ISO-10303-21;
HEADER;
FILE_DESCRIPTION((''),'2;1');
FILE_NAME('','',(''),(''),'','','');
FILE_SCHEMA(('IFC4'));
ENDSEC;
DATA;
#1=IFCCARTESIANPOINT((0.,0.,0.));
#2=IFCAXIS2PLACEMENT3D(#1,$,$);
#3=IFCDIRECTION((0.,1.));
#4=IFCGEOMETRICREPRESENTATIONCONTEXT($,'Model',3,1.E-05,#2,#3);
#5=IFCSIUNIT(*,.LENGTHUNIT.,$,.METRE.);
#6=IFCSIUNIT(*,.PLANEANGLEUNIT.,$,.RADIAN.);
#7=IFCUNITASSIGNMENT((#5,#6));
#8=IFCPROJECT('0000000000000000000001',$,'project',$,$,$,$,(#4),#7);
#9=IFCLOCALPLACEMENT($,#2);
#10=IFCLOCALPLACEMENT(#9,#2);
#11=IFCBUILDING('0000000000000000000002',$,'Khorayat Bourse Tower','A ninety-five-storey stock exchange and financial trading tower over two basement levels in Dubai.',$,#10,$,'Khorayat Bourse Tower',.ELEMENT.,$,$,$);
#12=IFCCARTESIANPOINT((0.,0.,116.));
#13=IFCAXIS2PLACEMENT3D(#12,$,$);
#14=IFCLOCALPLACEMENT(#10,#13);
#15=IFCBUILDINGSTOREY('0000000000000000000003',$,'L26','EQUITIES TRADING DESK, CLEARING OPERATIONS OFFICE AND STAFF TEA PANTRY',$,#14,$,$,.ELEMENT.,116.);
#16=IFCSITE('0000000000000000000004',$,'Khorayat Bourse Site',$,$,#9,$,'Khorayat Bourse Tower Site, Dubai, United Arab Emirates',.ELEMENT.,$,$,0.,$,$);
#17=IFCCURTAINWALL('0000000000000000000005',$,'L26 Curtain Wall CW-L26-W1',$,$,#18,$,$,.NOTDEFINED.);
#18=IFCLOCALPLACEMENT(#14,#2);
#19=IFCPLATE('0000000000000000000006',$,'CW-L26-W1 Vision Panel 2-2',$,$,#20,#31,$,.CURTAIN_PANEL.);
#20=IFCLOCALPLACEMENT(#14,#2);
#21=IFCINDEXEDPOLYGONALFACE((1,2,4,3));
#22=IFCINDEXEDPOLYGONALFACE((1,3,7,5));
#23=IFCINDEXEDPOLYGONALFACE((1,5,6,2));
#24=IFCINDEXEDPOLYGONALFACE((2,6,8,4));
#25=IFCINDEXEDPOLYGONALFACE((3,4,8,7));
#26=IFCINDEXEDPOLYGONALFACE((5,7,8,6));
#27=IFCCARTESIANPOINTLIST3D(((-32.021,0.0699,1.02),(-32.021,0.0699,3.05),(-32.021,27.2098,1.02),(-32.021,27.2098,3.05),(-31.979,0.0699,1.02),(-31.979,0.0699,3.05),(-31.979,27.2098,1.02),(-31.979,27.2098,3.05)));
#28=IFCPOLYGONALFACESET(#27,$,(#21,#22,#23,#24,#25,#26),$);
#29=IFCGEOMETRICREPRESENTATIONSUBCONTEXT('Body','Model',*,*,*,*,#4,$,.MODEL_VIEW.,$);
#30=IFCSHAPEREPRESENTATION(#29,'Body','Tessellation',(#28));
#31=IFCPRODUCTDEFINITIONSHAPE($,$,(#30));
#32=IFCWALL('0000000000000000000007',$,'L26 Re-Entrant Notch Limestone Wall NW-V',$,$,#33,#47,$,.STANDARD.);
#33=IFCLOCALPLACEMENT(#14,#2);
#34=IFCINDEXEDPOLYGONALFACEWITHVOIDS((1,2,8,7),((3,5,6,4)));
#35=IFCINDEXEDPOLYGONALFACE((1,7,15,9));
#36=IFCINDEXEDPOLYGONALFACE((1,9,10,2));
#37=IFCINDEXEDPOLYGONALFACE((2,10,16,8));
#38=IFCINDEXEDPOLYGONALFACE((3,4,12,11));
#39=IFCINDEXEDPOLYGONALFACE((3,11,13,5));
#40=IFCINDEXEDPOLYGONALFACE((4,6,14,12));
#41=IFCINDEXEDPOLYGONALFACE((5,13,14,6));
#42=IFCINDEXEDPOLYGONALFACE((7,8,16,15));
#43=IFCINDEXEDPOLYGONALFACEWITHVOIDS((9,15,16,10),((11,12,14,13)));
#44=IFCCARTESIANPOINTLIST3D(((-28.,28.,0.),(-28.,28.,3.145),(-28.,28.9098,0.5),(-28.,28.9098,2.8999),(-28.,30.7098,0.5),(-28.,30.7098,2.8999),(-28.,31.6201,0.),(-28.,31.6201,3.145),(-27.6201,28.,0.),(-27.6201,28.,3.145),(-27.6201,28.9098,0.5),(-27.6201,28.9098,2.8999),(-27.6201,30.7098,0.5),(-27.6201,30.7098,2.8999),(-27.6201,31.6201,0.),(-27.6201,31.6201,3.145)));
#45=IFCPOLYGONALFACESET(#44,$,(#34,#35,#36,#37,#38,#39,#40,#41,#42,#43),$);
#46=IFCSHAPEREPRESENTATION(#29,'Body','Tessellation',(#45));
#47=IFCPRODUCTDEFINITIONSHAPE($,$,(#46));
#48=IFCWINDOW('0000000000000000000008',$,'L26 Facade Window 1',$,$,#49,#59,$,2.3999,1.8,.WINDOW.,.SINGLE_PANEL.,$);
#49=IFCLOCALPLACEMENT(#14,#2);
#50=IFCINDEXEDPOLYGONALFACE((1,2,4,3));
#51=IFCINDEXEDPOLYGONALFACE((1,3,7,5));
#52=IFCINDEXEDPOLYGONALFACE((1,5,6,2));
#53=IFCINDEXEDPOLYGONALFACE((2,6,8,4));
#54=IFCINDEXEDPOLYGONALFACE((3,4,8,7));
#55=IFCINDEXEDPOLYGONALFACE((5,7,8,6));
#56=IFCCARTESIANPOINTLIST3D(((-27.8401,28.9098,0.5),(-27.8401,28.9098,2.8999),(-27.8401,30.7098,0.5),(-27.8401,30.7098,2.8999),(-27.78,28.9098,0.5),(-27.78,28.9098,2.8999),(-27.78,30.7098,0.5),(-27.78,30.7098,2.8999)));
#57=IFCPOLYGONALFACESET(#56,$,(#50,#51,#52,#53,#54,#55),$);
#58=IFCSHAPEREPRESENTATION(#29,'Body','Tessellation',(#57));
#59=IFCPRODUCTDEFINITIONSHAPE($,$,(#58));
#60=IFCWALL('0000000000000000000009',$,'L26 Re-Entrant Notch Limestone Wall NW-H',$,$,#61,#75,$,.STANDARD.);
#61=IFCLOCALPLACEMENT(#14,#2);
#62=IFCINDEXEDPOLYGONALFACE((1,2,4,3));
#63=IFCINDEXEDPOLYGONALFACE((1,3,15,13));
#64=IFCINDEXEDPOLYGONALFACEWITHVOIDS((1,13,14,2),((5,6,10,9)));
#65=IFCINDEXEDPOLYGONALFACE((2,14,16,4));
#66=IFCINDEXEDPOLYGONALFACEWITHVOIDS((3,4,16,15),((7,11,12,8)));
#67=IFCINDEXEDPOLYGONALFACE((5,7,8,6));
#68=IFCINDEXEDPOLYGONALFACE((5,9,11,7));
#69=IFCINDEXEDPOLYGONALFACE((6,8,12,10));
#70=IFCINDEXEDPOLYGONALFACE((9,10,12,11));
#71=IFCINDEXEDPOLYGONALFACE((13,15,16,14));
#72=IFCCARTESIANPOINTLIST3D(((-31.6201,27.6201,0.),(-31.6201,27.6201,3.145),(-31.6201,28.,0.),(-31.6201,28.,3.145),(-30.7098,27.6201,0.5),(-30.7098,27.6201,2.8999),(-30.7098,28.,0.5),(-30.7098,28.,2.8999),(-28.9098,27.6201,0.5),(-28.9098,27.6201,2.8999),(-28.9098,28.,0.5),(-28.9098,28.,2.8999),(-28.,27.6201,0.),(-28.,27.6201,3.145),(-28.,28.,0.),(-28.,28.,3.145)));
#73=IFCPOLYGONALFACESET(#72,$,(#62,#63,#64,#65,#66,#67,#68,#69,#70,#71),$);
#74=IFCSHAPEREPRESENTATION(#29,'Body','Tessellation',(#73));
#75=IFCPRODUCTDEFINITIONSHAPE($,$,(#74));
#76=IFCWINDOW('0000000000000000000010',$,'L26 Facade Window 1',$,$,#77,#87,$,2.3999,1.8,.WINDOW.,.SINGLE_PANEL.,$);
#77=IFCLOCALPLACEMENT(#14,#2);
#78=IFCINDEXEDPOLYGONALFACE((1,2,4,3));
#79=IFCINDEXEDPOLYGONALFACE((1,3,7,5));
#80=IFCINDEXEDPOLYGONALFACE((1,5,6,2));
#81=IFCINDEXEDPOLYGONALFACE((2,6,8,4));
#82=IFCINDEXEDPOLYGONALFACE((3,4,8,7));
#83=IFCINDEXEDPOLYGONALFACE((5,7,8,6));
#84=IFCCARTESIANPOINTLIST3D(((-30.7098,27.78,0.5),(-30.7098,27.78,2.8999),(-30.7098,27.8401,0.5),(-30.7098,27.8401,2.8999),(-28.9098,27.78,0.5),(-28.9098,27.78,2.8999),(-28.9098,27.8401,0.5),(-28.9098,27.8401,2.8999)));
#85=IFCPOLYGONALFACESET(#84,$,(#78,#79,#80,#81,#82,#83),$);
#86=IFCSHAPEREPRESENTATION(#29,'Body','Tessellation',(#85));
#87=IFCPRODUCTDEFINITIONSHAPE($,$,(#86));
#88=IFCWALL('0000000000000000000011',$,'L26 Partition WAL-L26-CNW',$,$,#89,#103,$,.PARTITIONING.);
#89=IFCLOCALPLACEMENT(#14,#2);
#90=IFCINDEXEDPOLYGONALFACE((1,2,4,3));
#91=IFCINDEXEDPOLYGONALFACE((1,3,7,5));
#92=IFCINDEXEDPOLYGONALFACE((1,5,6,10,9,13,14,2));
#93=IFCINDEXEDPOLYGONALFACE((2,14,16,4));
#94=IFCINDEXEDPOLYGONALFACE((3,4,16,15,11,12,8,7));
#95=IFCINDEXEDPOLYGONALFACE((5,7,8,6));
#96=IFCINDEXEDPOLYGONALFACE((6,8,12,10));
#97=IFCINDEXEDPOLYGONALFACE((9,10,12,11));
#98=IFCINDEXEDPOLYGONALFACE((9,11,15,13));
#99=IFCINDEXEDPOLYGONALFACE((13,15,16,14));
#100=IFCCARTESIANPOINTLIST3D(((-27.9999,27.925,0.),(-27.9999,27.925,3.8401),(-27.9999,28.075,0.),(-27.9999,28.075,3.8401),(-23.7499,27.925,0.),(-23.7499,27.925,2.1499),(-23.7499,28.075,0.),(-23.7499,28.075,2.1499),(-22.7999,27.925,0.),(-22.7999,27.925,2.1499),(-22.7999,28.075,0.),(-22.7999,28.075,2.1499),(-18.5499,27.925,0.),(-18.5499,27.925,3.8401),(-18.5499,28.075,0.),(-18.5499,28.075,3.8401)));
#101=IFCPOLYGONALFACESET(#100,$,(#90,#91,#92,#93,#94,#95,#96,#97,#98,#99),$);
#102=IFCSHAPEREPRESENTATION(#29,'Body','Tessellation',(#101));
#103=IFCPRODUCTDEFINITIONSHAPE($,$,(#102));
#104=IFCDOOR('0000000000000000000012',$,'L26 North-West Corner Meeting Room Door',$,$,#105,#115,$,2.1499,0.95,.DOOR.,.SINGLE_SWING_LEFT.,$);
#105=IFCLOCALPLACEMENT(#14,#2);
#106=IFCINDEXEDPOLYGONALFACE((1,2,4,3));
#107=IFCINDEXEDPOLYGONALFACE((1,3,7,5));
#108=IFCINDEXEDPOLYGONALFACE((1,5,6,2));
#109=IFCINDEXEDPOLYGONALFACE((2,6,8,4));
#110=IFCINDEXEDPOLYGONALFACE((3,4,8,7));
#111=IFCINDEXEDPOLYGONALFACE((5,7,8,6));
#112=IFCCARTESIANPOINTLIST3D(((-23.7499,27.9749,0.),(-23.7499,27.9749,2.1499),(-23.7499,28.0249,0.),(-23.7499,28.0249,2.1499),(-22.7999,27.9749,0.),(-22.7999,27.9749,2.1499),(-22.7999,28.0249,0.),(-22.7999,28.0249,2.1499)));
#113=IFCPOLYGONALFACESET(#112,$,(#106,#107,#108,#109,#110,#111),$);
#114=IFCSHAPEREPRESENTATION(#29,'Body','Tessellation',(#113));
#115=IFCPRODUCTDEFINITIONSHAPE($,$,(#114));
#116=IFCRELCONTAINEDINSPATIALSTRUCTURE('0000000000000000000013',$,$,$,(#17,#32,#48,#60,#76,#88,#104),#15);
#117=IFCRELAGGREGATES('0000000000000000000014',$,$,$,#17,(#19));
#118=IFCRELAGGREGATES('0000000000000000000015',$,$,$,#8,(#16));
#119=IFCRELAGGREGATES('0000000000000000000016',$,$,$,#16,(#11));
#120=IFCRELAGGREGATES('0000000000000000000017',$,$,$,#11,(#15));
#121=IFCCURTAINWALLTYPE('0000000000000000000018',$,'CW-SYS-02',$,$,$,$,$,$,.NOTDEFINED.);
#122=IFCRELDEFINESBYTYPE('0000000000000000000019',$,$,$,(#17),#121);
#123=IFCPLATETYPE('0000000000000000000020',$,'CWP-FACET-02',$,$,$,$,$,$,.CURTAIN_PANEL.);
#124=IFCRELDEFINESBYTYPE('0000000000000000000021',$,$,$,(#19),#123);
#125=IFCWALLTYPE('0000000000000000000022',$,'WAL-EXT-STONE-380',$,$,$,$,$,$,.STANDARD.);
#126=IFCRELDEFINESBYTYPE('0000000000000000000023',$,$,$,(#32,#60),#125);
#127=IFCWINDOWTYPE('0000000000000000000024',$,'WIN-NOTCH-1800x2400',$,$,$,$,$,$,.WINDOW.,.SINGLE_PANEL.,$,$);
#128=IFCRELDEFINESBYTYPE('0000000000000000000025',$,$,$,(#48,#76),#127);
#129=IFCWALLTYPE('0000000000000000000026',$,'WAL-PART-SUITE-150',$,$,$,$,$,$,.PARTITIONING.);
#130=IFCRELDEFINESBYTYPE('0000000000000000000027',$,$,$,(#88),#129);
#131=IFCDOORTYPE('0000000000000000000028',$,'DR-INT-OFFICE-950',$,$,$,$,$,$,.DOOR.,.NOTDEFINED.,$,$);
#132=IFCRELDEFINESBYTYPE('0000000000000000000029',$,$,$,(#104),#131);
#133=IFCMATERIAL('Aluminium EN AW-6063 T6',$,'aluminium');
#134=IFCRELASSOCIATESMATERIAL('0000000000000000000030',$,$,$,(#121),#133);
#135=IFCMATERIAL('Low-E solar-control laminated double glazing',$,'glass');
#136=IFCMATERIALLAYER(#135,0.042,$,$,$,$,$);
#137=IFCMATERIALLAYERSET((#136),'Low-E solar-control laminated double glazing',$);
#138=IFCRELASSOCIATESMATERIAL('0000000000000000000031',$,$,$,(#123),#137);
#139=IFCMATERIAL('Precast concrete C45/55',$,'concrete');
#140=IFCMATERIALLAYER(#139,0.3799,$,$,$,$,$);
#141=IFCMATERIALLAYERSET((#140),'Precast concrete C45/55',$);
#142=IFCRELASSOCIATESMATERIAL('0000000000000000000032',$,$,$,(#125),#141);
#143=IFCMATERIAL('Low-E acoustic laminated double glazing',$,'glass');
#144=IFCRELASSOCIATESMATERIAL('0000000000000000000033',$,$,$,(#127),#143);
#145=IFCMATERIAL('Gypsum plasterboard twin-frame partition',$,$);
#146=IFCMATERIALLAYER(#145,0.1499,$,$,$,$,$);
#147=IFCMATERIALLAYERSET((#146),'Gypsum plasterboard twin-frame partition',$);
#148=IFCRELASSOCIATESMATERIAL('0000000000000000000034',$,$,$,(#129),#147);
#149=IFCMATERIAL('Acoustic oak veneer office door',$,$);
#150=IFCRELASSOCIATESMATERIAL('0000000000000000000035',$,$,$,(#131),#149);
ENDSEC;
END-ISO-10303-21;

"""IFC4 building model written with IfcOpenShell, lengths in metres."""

from ifc_helpers import new_model, si_unit, direction, frame, frame_2d, origin, origin_2d, place, context, subcontext, project, spatial, rectangle, extrude, source, transform, mapped, material, layer, layer_set, type_object, element, fill, aggregate, save


model = new_model("IFC4")

# Units and contexts
model_context = context("Model", 3, precision=1e-05, world=origin(), true_north=direction((0.0, 1.0)))
body_context = subcontext(model_context, "Body", "Model", "MODEL_VIEW")
ifc_project = project(units=[si_unit("LENGTHUNIT", "METRE"), si_unit("PLANEANGLEUNIT", "RADIAN")], contexts=[model_context])

# Site, building, storey
site_placement = place(None, origin())
site = spatial("IfcSite", under=ifc_project, at=site_placement, Name="Khorayat Bourse Site", LongName="Khorayat Bourse Tower Site, Dubai, United Arab Emirates", CompositionType="ELEMENT", RefElevation=0.0)
building_placement = place(site_placement, origin())
building = spatial("IfcBuilding", under=site, at=building_placement, Name="Khorayat Bourse Tower", Description="A ninety-five-storey stock exchange and financial trading tower over two basement levels in Dubai.", LongName="Khorayat Bourse Tower", CompositionType="ELEMENT")
storey_placement = place(building_placement, frame((0.0, 0.0, 116.0)))
storey = spatial("IfcBuildingStorey", under=building, at=storey_placement, Name="L26", Description="EQUITIES TRADING DESK, CLEARING OPERATIONS OFFICE AND STAFF TEA PANTRY", CompositionType="ELEMENT", Elevation=116.0)

# Shared definitions
ifc_material_1 = material(Name="Aluminium EN AW-6063 T6", Category="aluminium")
curtain_wall_type = type_object("IfcCurtainWallType", Name="CW-SYS-02", PredefinedType="NOTDEFINED", material=ifc_material_1)

# Curtain wall, plate
curtain_wall_1_placement = place(storey_placement, origin())
curtain_wall_1 = element("IfcCurtainWall", 1, at=curtain_wall_1_placement, inside=storey, type_object=curtain_wall_type, Name="L26 Curtain Wall CW-L26-W1", PredefinedType="NOTDEFINED")
ifc_material_2 = material(Name="Low-E solar-control laminated double glazing", Category="glass")
ifc_layer_1 = layer(ifc_material_2, 0.042)
ifc_layer_set_1 = layer_set([ifc_layer_1], Name="Low-E solar-control laminated double glazing")
plate_type_1 = type_object("IfcPlateType", Name="CWP-FACET-02", PredefinedType="CURTAIN_PANEL", material=ifc_layer_set_1)
shared_shape_1 = source(origin(), body_context, "Body", "SweptSolid", [
    extrude(rectangle(XDim=27.1399, YDim=0.042, at=origin_2d()), origin(), (0.0, 0.0, 1.0), 2.03),
])
plate_1_placement = place(storey_placement, frame((-32.0, 13.6399, 1.02), z_axis=(0.0, 0.0, 1.0), x_axis=(0.0, 1.0, 0.0)))
plate_1 = element("IfcPlate", 2, at=plate_1_placement, type_object=plate_type_1, Name="CW-L26-W1 Vision Panel 2-2", PredefinedType="CURTAIN_PANEL", context=body_context, shape_type="MappedRepresentation", body=[
    mapped(shared_shape_1, transform((0.0, 0.0, 0.0), scale=1.0)),
])
aggregate(curtain_wall_1, [plate_1])

# Walls, openings, windows
ifc_material_3 = material(Name="Precast concrete C45/55", Category="concrete")
ifc_layer_2 = layer(ifc_material_3, 0.3799)
ifc_layer_set_2 = layer_set([ifc_layer_2], Name="Precast concrete C45/55")
wall_type_1 = type_object("IfcWallType", Name="WAL-EXT-STONE-380", PredefinedType="STANDARD", material=ifc_layer_set_2)
shared_shape_2 = source(origin(), body_context, "Body", "SweptSolid", [
    extrude(rectangle(XDim=3.6201, YDim=0.3799, at=frame_2d((1.8101, 0.0))), origin(), (0.0, 0.0, 1.0), 3.145),
])
wall_1_placement = place(storey_placement, frame((-27.8101, 28.0, 0.0), z_axis=(0.0, 0.0, 1.0), x_axis=(0.0, 1.0, 0.0)))
wall_1 = element("IfcWall", 3, at=wall_1_placement, inside=storey, type_object=wall_type_1, Name="L26 Re-Entrant Notch Limestone Wall NW-V", PredefinedType="STANDARD", context=body_context, shape_type="MappedRepresentation", body=[
    mapped(shared_shape_2, transform((0.0, 0.0, 0.0), scale=1.0)),
])
shared_shape_3 = source(origin(), body_context, "Body", "SweptSolid", [
    extrude(rectangle(XDim=1.8, YDim=2.3999, at=frame_2d((0.8999, 1.2))), frame((0.0, 0.2, 0.0), z_axis=(0.0, -1.0, 0.0), x_axis=(1.0, 0.0, 0.0)), (0.0, 0.0, 1.0), 0.3999),
])
opening_1_placement = place(wall_1_placement, frame((0.9099, 0.0, 0.5)))
opening_1 = element("IfcOpeningElement", 4, at=opening_1_placement, cuts=wall_1, PredefinedType="OPENING", context=body_context, shape_type="MappedRepresentation", body=[
    mapped(shared_shape_3, transform((0.0, 0.0, 0.0), scale=1.0)),
])
ifc_material_4 = material(Name="Low-E acoustic laminated double glazing", Category="glass")
window_type = type_object("IfcWindowType", Name="WIN-NOTCH-1800x2400", PartitioningType="SINGLE_PANEL", PredefinedType="WINDOW", material=ifc_material_4)
shared_shape_4 = source(origin(), body_context, "Body", "SweptSolid", [
    extrude(rectangle(XDim=1.8, YDim=2.3999, at=frame_2d((0.8999, 1.2))), frame((0.0, 0.03, 0.0), z_axis=(0.0, -1.0, 0.0), x_axis=(1.0, 0.0, 0.0)), (0.0, 0.0, 1.0), 0.0601),
])
window_1_placement = place(opening_1_placement, origin())
window_1 = element("IfcWindow", 5, at=window_1_placement, inside=storey, type_object=window_type, Name="L26 Facade Window 1", OverallHeight=2.3999, OverallWidth=1.8, PartitioningType="SINGLE_PANEL", PredefinedType="WINDOW", context=body_context, shape_type="MappedRepresentation", body=[
    mapped(shared_shape_4, transform((0.0, 0.0, 0.0), scale=1.0)),
])
fill(opening_1, window_1)
wall_2_placement = place(storey_placement, frame((-28.0, 27.8101, 0.0), z_axis=(0.0, 0.0, 1.0), x_axis=(-1.0, 0.0, 0.0)))
wall_2 = element("IfcWall", 6, at=wall_2_placement, inside=storey, type_object=wall_type_1, Name="L26 Re-Entrant Notch Limestone Wall NW-H", PredefinedType="STANDARD", context=body_context, shape_type="MappedRepresentation", body=[
    mapped(shared_shape_2, transform((0.0, 0.0, 0.0), scale=1.0)),
])
opening_2_placement = place(wall_2_placement, frame((0.9099, 0.0, 0.5)))
opening_2 = element("IfcOpeningElement", 7, at=opening_2_placement, cuts=wall_2, PredefinedType="OPENING", context=body_context, shape_type="MappedRepresentation", body=[
    mapped(shared_shape_3, transform((0.0, 0.0, 0.0), scale=1.0)),
])
window_2_placement = place(opening_2_placement, origin())
window_2 = element("IfcWindow", 8, at=window_2_placement, inside=storey, type_object=window_type, Name="L26 Facade Window 1", OverallHeight=2.3999, OverallWidth=1.8, PartitioningType="SINGLE_PANEL", PredefinedType="WINDOW", context=body_context, shape_type="MappedRepresentation", body=[
    mapped(shared_shape_4, transform((0.0, 0.0, 0.0), scale=1.0)),
])
fill(opening_2, window_2)

# Wall, opening, door
ifc_material_5 = material(Name="Gypsum plasterboard twin-frame partition")
ifc_layer_3 = layer(ifc_material_5, 0.1499)
ifc_layer_set_3 = layer_set([ifc_layer_3], Name="Gypsum plasterboard twin-frame partition")
wall_type_2 = type_object("IfcWallType", Name="WAL-PART-SUITE-150", PredefinedType="PARTITIONING", material=ifc_layer_set_3)
shared_shape_5 = source(origin(), body_context, "Body", "SweptSolid", [
    extrude(rectangle(XDim=9.45, YDim=0.1499, at=frame_2d((4.7251, 0.0))), origin(), (0.0, 0.0, 1.0), 3.8401),
])
wall_3_placement = place(storey_placement, frame((-28.0, 28.0, 0.0), z_axis=(0.0, 0.0, 1.0), x_axis=(1.0, 0.0, 0.0)))
wall_3 = element("IfcWall", 9, at=wall_3_placement, inside=storey, type_object=wall_type_2, Name="L26 Partition WAL-L26-CNW", PredefinedType="PARTITIONING", context=body_context, shape_type="MappedRepresentation", body=[
    mapped(shared_shape_5, transform((0.0, 0.0, 0.0), scale=1.0)),
])
shared_shape_6 = source(origin(), body_context, "Body", "SweptSolid", [
    extrude(rectangle(XDim=0.95, YDim=2.1499, at=frame_2d((0.4751, 1.075))), frame((0.0, 0.085, 0.0), z_axis=(0.0, -1.0, 0.0), x_axis=(1.0, 0.0, 0.0)), (0.0, 0.0, 1.0), 0.1699),
])
opening_3_placement = place(wall_3_placement, frame((4.25, 0.0, 0.0)))
opening_3 = element("IfcOpeningElement", 10, at=opening_3_placement, cuts=wall_3, PredefinedType="OPENING", context=body_context, shape_type="MappedRepresentation", body=[
    mapped(shared_shape_6, transform((0.0, 0.0, 0.0), scale=1.0)),
])
ifc_material_6 = material(Name="Acoustic oak veneer office door")
door_type = type_object("IfcDoorType", Name="DR-INT-OFFICE-950", OperationType="NOTDEFINED", PredefinedType="DOOR", material=ifc_material_6)
shared_shape_7 = source(origin(), body_context, "Body", "SweptSolid", [
    extrude(rectangle(XDim=0.95, YDim=2.1499, at=frame_2d((0.4751, 1.075))), frame((0.0, 0.0249, 0.0), z_axis=(0.0, -1.0, 0.0), x_axis=(1.0, 0.0, 0.0)), (0.0, 0.0, 1.0), 0.05),
])
door_placement = place(opening_3_placement, origin())
door = element("IfcDoor", 11, at=door_placement, inside=storey, type_object=door_type, Name="L26 North-West Corner Meeting Room Door", OperationType="SINGLE_SWING_LEFT", OverallHeight=2.1499, OverallWidth=0.95, PredefinedType="DOOR", context=body_context, shape_type="MappedRepresentation", body=[
    mapped(shared_shape_7, transform((0.0, 0.0, 0.0), scale=1.0)),
])
fill(opening_3, door)

save(model, "model.ifc")
